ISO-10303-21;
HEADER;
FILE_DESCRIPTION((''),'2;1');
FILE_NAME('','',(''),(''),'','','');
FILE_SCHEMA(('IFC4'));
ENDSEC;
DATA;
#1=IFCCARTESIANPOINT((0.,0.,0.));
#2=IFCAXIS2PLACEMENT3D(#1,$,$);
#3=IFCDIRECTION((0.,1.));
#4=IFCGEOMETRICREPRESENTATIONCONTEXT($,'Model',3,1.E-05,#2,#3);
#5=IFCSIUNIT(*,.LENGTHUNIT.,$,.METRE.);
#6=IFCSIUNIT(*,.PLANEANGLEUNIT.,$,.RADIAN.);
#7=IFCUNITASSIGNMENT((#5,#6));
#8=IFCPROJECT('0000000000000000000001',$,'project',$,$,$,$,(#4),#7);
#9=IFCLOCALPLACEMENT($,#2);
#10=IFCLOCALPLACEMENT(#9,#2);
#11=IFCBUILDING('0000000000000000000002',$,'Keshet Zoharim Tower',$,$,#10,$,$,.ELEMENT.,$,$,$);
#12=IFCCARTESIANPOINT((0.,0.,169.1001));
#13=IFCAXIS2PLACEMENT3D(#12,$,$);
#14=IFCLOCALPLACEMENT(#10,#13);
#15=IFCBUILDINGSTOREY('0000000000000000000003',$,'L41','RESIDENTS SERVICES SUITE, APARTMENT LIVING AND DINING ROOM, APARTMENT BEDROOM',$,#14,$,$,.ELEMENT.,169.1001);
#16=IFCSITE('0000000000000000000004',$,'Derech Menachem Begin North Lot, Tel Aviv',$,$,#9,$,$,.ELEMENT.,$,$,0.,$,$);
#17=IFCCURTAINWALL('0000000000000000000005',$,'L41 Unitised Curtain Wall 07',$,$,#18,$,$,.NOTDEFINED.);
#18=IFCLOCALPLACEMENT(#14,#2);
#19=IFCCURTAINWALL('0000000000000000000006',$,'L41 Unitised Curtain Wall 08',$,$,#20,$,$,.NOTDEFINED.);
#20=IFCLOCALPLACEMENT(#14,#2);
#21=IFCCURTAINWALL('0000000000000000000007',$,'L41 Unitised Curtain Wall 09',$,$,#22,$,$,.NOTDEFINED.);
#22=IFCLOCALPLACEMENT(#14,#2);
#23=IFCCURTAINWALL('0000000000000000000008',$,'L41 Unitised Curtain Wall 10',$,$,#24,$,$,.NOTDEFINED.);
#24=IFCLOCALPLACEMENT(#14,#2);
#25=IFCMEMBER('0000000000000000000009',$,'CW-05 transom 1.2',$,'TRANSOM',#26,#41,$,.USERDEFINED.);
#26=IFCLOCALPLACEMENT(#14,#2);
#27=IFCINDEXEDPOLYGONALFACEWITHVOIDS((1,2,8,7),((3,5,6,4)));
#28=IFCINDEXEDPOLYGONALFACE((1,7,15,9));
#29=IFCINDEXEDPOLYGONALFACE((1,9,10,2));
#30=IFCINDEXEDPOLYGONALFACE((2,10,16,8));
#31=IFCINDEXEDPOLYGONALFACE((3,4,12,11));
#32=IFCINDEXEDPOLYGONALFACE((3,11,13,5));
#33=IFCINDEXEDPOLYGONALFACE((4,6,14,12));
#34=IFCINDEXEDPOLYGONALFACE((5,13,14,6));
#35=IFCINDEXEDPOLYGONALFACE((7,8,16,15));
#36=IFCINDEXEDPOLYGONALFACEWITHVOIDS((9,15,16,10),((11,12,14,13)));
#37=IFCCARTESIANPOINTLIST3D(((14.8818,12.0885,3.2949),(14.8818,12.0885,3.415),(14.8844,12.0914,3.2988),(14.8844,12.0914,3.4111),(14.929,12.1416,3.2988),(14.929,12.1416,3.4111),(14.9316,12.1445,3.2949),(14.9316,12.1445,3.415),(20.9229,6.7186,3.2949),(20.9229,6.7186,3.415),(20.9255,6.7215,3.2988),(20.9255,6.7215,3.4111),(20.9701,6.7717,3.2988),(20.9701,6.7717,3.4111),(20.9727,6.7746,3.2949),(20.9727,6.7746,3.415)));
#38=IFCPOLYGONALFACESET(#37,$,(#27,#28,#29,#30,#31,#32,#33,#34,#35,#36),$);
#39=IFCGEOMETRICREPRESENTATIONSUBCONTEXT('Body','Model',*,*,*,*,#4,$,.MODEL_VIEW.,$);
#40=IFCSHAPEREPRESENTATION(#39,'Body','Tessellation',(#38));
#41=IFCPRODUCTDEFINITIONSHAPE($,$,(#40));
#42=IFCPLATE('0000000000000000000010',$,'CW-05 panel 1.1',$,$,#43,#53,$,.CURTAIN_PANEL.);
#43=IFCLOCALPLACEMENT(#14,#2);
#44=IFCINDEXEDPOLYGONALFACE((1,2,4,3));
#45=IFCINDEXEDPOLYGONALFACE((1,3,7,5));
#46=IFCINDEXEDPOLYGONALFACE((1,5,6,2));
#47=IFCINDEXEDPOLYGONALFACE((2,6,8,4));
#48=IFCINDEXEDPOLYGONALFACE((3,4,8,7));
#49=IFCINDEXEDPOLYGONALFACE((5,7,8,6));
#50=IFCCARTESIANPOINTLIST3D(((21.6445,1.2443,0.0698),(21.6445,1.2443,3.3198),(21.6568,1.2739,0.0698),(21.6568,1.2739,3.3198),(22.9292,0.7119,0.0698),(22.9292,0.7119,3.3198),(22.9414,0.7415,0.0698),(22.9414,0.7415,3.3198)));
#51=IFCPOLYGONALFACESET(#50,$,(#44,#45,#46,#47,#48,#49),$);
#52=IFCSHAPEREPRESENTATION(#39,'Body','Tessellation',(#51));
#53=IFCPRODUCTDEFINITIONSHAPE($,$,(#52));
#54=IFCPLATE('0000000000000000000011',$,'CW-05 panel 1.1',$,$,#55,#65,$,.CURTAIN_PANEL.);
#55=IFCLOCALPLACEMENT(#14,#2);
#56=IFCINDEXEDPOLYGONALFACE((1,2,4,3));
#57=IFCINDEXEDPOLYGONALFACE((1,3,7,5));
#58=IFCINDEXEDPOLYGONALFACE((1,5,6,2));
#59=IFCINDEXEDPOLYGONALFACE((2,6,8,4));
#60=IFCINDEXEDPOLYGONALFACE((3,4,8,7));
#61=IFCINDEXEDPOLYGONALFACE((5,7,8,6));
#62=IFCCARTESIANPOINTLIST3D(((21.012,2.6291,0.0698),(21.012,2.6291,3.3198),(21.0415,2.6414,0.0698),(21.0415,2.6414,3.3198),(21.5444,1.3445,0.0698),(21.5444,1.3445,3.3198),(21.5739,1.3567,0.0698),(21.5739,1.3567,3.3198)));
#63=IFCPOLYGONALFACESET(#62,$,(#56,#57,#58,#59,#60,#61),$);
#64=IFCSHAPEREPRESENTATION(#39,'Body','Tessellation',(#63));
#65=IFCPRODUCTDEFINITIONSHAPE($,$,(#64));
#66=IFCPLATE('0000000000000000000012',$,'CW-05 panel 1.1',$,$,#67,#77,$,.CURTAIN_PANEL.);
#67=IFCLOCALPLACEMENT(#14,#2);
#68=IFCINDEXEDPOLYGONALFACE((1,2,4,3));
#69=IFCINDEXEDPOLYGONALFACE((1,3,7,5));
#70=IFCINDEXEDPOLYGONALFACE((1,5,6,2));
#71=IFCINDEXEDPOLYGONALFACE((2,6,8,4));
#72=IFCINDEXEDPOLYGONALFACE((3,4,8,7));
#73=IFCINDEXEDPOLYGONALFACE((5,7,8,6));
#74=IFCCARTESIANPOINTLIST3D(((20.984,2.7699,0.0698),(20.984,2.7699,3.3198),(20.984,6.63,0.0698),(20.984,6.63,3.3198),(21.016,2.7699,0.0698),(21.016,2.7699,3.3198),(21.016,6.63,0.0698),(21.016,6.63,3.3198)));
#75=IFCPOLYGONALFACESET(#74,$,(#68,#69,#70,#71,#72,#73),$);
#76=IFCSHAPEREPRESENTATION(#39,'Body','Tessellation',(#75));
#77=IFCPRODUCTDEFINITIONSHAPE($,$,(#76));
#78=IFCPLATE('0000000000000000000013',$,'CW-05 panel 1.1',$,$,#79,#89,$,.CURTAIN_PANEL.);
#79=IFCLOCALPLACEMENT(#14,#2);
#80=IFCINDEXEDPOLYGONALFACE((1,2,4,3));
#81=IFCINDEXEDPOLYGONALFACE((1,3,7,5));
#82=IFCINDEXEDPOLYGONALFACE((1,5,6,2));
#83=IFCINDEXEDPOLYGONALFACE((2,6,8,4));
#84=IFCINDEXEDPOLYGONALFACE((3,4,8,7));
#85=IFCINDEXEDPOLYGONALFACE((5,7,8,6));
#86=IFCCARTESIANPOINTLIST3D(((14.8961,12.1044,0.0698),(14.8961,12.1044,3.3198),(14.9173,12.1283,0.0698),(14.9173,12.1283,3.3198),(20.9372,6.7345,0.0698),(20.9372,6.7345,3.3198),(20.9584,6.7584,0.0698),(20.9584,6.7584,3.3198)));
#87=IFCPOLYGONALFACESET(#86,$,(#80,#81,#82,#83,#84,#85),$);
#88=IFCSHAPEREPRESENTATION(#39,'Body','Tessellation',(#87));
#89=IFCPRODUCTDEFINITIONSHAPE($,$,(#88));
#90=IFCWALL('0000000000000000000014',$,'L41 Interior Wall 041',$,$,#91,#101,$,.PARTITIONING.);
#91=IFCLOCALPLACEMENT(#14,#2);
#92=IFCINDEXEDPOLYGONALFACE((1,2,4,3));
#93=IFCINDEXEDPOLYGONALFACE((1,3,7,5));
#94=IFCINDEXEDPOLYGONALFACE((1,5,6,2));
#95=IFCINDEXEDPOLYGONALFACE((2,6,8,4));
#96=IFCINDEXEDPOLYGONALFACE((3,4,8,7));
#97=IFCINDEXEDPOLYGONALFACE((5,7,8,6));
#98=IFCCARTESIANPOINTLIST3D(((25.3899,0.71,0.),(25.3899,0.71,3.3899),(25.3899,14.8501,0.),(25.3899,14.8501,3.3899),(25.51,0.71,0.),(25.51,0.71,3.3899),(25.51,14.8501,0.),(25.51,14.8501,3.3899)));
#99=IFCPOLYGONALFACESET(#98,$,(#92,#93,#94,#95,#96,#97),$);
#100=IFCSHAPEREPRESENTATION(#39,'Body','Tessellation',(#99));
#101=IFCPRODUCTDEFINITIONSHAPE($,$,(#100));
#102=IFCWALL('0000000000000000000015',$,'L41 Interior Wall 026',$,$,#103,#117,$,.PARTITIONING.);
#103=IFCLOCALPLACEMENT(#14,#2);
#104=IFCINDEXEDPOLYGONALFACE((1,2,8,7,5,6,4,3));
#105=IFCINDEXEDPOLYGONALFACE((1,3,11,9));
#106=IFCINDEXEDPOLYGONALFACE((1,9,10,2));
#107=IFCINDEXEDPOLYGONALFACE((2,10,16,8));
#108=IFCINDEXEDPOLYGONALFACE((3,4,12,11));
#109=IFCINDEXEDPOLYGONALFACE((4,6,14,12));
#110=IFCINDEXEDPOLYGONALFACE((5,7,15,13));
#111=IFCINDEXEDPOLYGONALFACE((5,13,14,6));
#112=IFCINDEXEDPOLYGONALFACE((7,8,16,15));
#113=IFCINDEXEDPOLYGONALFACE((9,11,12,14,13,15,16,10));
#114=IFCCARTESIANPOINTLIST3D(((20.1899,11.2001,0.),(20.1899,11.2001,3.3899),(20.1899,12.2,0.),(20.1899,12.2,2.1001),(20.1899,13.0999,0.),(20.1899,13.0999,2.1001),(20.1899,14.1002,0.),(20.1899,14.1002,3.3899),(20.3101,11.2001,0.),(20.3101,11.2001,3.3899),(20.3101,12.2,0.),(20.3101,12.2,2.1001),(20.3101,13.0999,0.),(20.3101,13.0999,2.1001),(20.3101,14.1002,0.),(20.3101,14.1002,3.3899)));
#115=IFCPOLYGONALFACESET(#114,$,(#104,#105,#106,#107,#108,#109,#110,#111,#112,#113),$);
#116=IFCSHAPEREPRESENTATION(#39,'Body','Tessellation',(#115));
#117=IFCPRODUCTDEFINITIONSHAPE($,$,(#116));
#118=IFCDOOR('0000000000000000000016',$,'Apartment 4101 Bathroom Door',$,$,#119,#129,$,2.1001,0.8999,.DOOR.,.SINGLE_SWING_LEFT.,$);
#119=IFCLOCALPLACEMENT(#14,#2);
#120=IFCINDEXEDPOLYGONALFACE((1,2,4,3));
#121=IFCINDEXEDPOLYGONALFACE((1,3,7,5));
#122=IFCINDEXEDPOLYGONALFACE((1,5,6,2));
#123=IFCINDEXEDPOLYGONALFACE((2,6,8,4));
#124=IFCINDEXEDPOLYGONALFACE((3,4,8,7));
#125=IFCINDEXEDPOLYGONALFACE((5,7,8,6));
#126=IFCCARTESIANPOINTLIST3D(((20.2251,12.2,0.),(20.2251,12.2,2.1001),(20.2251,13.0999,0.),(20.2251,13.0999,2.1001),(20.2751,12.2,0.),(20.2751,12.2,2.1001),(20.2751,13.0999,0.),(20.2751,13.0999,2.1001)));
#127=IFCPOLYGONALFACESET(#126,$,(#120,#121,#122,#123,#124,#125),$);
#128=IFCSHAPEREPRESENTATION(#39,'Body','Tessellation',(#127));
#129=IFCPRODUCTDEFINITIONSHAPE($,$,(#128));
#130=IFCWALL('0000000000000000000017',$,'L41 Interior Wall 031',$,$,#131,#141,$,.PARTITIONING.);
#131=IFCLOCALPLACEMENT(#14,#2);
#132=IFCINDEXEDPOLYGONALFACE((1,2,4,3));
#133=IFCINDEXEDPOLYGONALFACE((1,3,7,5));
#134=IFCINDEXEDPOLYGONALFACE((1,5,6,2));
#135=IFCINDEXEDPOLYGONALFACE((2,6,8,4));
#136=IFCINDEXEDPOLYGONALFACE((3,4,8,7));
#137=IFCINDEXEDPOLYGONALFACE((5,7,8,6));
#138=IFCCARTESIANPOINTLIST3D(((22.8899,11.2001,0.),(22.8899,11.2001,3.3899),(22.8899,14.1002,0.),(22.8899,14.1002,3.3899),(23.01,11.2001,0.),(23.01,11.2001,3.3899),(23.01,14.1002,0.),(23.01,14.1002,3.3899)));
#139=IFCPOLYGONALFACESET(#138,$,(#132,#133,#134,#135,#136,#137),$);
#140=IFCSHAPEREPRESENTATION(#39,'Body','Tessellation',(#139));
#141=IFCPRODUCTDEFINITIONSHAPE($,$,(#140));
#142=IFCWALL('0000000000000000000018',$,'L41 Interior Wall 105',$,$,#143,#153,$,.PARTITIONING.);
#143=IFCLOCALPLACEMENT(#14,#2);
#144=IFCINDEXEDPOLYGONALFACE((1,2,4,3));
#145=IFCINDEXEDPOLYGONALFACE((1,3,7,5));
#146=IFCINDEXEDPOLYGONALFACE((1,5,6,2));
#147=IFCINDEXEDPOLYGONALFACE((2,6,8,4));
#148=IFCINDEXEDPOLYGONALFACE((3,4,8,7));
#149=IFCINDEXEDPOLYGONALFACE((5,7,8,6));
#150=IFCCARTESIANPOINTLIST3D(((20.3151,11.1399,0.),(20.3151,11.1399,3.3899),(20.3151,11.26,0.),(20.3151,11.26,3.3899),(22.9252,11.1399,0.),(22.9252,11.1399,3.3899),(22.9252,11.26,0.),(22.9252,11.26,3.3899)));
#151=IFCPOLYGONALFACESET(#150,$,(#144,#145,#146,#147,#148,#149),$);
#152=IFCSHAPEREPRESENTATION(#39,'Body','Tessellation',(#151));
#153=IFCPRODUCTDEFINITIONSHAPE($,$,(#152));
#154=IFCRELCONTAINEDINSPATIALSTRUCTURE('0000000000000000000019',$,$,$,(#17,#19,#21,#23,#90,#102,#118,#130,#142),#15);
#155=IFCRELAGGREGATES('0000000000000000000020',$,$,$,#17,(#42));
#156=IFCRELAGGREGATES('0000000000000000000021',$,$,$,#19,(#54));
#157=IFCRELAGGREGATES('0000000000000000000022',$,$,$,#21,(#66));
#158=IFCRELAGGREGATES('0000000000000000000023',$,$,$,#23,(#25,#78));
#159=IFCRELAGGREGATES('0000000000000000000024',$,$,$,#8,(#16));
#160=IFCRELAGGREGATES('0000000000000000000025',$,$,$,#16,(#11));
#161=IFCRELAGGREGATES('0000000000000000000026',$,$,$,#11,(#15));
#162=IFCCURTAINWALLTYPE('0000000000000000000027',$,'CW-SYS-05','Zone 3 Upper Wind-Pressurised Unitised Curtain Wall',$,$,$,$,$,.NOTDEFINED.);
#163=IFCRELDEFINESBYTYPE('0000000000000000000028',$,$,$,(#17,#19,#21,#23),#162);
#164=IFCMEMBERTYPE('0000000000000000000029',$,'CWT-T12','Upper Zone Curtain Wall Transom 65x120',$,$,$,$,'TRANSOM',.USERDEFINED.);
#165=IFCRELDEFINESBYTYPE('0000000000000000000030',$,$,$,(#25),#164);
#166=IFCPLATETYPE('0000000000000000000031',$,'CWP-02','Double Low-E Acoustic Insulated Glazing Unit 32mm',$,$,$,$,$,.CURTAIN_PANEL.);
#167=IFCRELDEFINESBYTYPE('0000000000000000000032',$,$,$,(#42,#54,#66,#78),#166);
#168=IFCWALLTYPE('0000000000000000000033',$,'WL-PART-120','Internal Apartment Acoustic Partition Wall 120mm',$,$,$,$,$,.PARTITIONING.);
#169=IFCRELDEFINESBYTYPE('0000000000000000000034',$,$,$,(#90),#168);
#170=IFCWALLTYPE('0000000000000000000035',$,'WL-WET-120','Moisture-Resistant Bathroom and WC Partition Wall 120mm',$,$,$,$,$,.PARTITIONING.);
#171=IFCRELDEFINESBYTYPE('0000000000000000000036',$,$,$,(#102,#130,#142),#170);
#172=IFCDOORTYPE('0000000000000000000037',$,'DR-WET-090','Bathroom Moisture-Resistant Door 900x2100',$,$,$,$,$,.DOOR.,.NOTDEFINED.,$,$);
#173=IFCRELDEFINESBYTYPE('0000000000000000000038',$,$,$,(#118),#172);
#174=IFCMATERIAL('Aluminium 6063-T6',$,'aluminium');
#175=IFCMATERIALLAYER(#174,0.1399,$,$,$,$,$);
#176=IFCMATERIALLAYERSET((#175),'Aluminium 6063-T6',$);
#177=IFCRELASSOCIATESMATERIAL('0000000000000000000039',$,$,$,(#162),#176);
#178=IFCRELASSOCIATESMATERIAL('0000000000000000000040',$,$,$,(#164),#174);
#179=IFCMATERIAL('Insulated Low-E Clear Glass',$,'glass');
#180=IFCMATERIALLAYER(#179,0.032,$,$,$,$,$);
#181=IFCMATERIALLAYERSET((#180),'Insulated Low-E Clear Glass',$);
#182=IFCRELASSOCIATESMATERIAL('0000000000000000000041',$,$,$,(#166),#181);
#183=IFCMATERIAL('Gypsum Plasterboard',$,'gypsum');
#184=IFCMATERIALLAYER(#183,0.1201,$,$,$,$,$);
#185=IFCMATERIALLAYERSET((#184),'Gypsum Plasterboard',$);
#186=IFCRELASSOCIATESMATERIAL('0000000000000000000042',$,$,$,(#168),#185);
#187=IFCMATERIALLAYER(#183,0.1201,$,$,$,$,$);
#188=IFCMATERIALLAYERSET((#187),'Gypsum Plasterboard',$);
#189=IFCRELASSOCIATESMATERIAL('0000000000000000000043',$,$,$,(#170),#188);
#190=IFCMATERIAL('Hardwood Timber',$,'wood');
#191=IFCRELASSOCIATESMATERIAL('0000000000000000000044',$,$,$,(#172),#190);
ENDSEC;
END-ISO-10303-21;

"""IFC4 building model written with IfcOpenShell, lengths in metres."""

from ifc_helpers import new_model, si_unit, direction, frame, frame_2d, origin, origin_2d, place, context, subcontext, project, spatial, rectangle, hollow_rectangle, extrude, material, layer, layer_set, material_profile, profile_set, type_object, element, fill, aggregate, save


model = new_model("IFC4")

# Units and contexts
model_context = context("Model", 3, precision=1e-05, world=origin(), true_north=direction((0.0, 1.0)))
body_context = subcontext(model_context, "Body", "Model", "MODEL_VIEW")
ifc_project = project(units=[si_unit("LENGTHUNIT", "METRE"), si_unit("PLANEANGLEUNIT", "RADIAN")], contexts=[model_context])

# Site, building, storey
site_placement = place(None, origin())
site = spatial("IfcSite", under=ifc_project, at=site_placement, Name="Derech Menachem Begin North Lot, Tel Aviv", CompositionType="ELEMENT", RefElevation=0.0)
building_placement = place(site_placement, origin())
building = spatial("IfcBuilding", under=site, at=building_placement, Name="Keshet Zoharim Tower", CompositionType="ELEMENT")
storey_placement = place(building_placement, frame((0.0, 0.0, 169.1001)))
storey = spatial("IfcBuildingStorey", under=building, at=storey_placement, Name="L41", Description="RESIDENTS SERVICES SUITE, APARTMENT LIVING AND DINING ROOM, APARTMENT BEDROOM", CompositionType="ELEMENT", Elevation=169.1001)

# Shared definitions
ifc_material_1 = material(Name="Aluminium 6063-T6", Category="aluminium")
ifc_layer_1 = layer(ifc_material_1, 0.1399)
ifc_layer_set_1 = layer_set([ifc_layer_1], Name="Aluminium 6063-T6")
curtain_wall_type = type_object("IfcCurtainWallType", Name="CW-SYS-05", Description="Zone 3 Upper Wind-Pressurised Unitised Curtain Wall", PredefinedType="NOTDEFINED", material=ifc_layer_set_1)

# Curtain walls
curtain_wall_1_placement = place(storey_placement, origin())
curtain_wall_1 = element("IfcCurtainWall", 1, at=curtain_wall_1_placement, inside=storey, type_object=curtain_wall_type, Name="L41 Unitised Curtain Wall 07", PredefinedType="NOTDEFINED")
curtain_wall_2_placement = place(storey_placement, origin())
curtain_wall_2 = element("IfcCurtainWall", 2, at=curtain_wall_2_placement, inside=storey, type_object=curtain_wall_type, Name="L41 Unitised Curtain Wall 08", PredefinedType="NOTDEFINED")
curtain_wall_3_placement = place(storey_placement, origin())
curtain_wall_3 = element("IfcCurtainWall", 3, at=curtain_wall_3_placement, inside=storey, type_object=curtain_wall_type, Name="L41 Unitised Curtain Wall 09", PredefinedType="NOTDEFINED")

# Curtain wall
curtain_wall_4_placement = place(storey_placement, origin())
curtain_wall_4 = element("IfcCurtainWall", 4, at=curtain_wall_4_placement, inside=storey, type_object=curtain_wall_type, Name="L41 Unitised Curtain Wall 10", PredefinedType="NOTDEFINED")

# Member
ifc_material_profile_1 = material_profile(ifc_material_1, hollow_rectangle(XDim=0.075, YDim=0.1201, WallThickness=0.0039, at=origin_2d()), Name="TRN-75x120")
ifc_profile_set_1 = profile_set([ifc_material_profile_1], Name="Aluminium 6063-T6")
member_type_1 = type_object("IfcMemberType", Name="CWT-T12", Description="Upper Zone Curtain Wall Transom 65x120", ElementType="TRANSOM", PredefinedType="USERDEFINED", material=ifc_profile_set_1)
member_1_placement = place(storey_placement, frame((20.9478, 6.7466, 3.355), z_axis=(-0.747404, 0.664369, 0.0), x_axis=(-0.664369, -0.747404, 0.0)))
member_1 = element("IfcMember", 5, at=member_1_placement, type_object=member_type_1, Name="CW-05 transom 1.2", ObjectType="TRANSOM", PredefinedType="USERDEFINED", context=body_context, shape_type="SweptSolid", body=[
    extrude(hollow_rectangle(XDim=0.075, YDim=0.1201, WallThickness=0.0039, at=origin_2d()), origin(), (0.0, 0.0, 1.0), 8.0828),
])

# Plates
ifc_material_2 = material(Name="Insulated Low-E Clear Glass", Category="glass")
ifc_layer_2 = layer(ifc_material_2, 0.032)
ifc_layer_set_2 = layer_set([ifc_layer_2], Name="Insulated Low-E Clear Glass")
plate_type = type_object("IfcPlateType", Name="CWP-02", Description="Double Low-E Acoustic Insulated Glazing Unit 32mm", PredefinedType="CURTAIN_PANEL", material=ifc_layer_set_2)
plate_1_placement = place(storey_placement, frame((22.293, 0.9929, 0.0698), z_axis=(0.0, 0.0, 1.0), x_axis=(-0.92381, 0.382852, 0.0)))
plate_1 = element("IfcPlate", 6, at=plate_1_placement, type_object=plate_type, Name="CW-05 panel 1.1", PredefinedType="CURTAIN_PANEL", context=body_context, shape_type="SweptSolid", body=[
    extrude(rectangle(XDim=1.3906, YDim=0.032, at=origin_2d()), origin(), (0.0, 0.0, 1.0), 3.25),
])
aggregate(curtain_wall_1, [plate_1])
plate_2_placement = place(storey_placement, frame((21.293, 1.9929, 0.0698), z_axis=(0.0, 0.0, 1.0), x_axis=(-0.382852, 0.92381, 0.0)))
plate_2 = element("IfcPlate", 7, at=plate_2_placement, type_object=plate_type, Name="CW-05 panel 1.1", PredefinedType="CURTAIN_PANEL", context=body_context, shape_type="SweptSolid", body=[
    extrude(rectangle(XDim=1.3906, YDim=0.032, at=origin_2d()), origin(), (0.0, 0.0, 1.0), 3.25),
])
aggregate(curtain_wall_2, [plate_2])
plate_3_placement = place(storey_placement, frame((21.0, 4.7, 0.0698), z_axis=(0.0, 0.0, 1.0), x_axis=(0.0, 1.0, 0.0)))
plate_3 = element("IfcPlate", 8, at=plate_3_placement, type_object=plate_type, Name="CW-05 panel 1.1", PredefinedType="CURTAIN_PANEL", context=body_context, shape_type="SweptSolid", body=[
    extrude(rectangle(XDim=3.8601, YDim=0.032, at=origin_2d()), origin(), (0.0, 0.0, 1.0), 3.25),
])
aggregate(curtain_wall_3, [plate_3])
plate_4_placement = place(storey_placement, frame((17.9272, 9.4314, 0.0698), z_axis=(0.0, 0.0, 1.0), x_axis=(-0.747406, 0.664368, 0.0)))
plate_4 = element("IfcPlate", 9, at=plate_4_placement, type_object=plate_type, Name="CW-05 panel 1.1", PredefinedType="CURTAIN_PANEL", context=body_context, shape_type="SweptSolid", body=[
    extrude(rectangle(XDim=8.0828, YDim=0.032, at=origin_2d()), origin(), (0.0, 0.0, 1.0), 3.25),
])
aggregate(curtain_wall_4, [member_1, plate_4])

# Wall
ifc_material_3 = material(Name="Gypsum Plasterboard", Category="gypsum")
ifc_layer_3 = layer(ifc_material_3, 0.1201)
ifc_layer_set_3 = layer_set([ifc_layer_3], Name="Gypsum Plasterboard")
wall_type_1 = type_object("IfcWallType", Name="WL-PART-120", Description="Internal Apartment Acoustic Partition Wall 120mm", PredefinedType="PARTITIONING", material=ifc_layer_set_3)
wall_1_placement = place(storey_placement, frame((25.45, 0.71, 0.0), z_axis=(0.0, 0.0, 1.0), x_axis=(0.0, 1.0, 0.0)))
element("IfcWall", 10, at=wall_1_placement, inside=storey, type_object=wall_type_1, Name="L41 Interior Wall 041", PredefinedType="PARTITIONING", context=body_context, shape_type="SweptSolid", body=[
    extrude(rectangle(XDim=14.1401, YDim=0.1201, at=frame_2d((7.0701, 0.0))), origin(), (0.0, 0.0, 1.0), 3.3899),
])

# Wall, opening, door
ifc_layer_4 = layer(ifc_material_3, 0.1201)
ifc_layer_set_4 = layer_set([ifc_layer_4], Name="Gypsum Plasterboard")
wall_type_2 = type_object("IfcWallType", Name="WL-WET-120", Description="Moisture-Resistant Bathroom and WC Partition Wall 120mm", PredefinedType="PARTITIONING", material=ifc_layer_set_4)
wall_2_placement = place(storey_placement, frame((20.25, 11.2, 0.0), z_axis=(0.0, 0.0, 1.0), x_axis=(0.0, 1.0, 0.0)))
wall_2 = element("IfcWall", 11, at=wall_2_placement, inside=storey, type_object=wall_type_2, Name="L41 Interior Wall 026", PredefinedType="PARTITIONING", context=body_context, shape_type="SweptSolid", body=[
    extrude(rectangle(XDim=2.9001, YDim=0.1201, at=frame_2d((1.4502, 0.0))), origin(), (0.0, 0.0, 1.0), 3.3899),
])
opening_placement = place(wall_2_placement, frame((1.0, 0.0, 0.0)))
opening = element("IfcOpeningElement", 12, at=opening_placement, cuts=wall_2, PredefinedType="OPENING", context=body_context, shape_type="SweptSolid", body=[
    extrude(rectangle(XDim=0.8999, YDim=2.1001, at=frame_2d((0.45, 1.05))), frame((0.0, 0.0701, 0.0), z_axis=(0.0, -1.0, 0.0), x_axis=(1.0, 0.0, 0.0)), (0.0, 0.0, 1.0), 0.1401),
])
ifc_material_4 = material(Name="Hardwood Timber", Category="wood")
door_type = type_object("IfcDoorType", Name="DR-WET-090", Description="Bathroom Moisture-Resistant Door 900x2100", OperationType="NOTDEFINED", PredefinedType="DOOR", material=ifc_material_4)
door_placement = place(opening_placement, origin())
door = element("IfcDoor", 13, at=door_placement, inside=storey, type_object=door_type, Name="Apartment 4101 Bathroom Door", OperationType="SINGLE_SWING_LEFT", OverallHeight=2.1001, OverallWidth=0.8999, PredefinedType="DOOR", context=body_context, shape_type="SweptSolid", body=[
    extrude(rectangle(XDim=0.8999, YDim=2.1001, at=frame_2d((0.45, 1.05))), frame((0.0, 0.0249, 0.0), z_axis=(0.0, -1.0, 0.0), x_axis=(1.0, 0.0, 0.0)), (0.0, 0.0, 1.0), 0.05),
])
fill(opening, door)

# Walls
wall_3_placement = place(storey_placement, frame((22.95, 11.2, 0.0), z_axis=(0.0, 0.0, 1.0), x_axis=(0.0, 1.0, 0.0)))
element("IfcWall", 14, at=wall_3_placement, inside=storey, type_object=wall_type_2, Name="L41 Interior Wall 031", PredefinedType="PARTITIONING", context=body_context, shape_type="SweptSolid", body=[
    extrude(rectangle(XDim=2.9001, YDim=0.1201, at=frame_2d((1.4502, 0.0))), origin(), (0.0, 0.0, 1.0), 3.3899),
])
wall_4_placement = place(storey_placement, frame((20.3149, 11.2, 0.0), z_axis=(0.0, 0.0, 1.0), x_axis=(1.0, 0.0, 0.0)))
element("IfcWall", 15, at=wall_4_placement, inside=storey, type_object=wall_type_2, Name="L41 Interior Wall 105", PredefinedType="PARTITIONING", context=body_context, shape_type="SweptSolid", body=[
    extrude(rectangle(XDim=2.6101, YDim=0.1201, at=frame_2d((1.3052, 0.0))), origin(), (0.0, 0.0, 1.0), 3.3899),
])

save(model, "model.ifc")
